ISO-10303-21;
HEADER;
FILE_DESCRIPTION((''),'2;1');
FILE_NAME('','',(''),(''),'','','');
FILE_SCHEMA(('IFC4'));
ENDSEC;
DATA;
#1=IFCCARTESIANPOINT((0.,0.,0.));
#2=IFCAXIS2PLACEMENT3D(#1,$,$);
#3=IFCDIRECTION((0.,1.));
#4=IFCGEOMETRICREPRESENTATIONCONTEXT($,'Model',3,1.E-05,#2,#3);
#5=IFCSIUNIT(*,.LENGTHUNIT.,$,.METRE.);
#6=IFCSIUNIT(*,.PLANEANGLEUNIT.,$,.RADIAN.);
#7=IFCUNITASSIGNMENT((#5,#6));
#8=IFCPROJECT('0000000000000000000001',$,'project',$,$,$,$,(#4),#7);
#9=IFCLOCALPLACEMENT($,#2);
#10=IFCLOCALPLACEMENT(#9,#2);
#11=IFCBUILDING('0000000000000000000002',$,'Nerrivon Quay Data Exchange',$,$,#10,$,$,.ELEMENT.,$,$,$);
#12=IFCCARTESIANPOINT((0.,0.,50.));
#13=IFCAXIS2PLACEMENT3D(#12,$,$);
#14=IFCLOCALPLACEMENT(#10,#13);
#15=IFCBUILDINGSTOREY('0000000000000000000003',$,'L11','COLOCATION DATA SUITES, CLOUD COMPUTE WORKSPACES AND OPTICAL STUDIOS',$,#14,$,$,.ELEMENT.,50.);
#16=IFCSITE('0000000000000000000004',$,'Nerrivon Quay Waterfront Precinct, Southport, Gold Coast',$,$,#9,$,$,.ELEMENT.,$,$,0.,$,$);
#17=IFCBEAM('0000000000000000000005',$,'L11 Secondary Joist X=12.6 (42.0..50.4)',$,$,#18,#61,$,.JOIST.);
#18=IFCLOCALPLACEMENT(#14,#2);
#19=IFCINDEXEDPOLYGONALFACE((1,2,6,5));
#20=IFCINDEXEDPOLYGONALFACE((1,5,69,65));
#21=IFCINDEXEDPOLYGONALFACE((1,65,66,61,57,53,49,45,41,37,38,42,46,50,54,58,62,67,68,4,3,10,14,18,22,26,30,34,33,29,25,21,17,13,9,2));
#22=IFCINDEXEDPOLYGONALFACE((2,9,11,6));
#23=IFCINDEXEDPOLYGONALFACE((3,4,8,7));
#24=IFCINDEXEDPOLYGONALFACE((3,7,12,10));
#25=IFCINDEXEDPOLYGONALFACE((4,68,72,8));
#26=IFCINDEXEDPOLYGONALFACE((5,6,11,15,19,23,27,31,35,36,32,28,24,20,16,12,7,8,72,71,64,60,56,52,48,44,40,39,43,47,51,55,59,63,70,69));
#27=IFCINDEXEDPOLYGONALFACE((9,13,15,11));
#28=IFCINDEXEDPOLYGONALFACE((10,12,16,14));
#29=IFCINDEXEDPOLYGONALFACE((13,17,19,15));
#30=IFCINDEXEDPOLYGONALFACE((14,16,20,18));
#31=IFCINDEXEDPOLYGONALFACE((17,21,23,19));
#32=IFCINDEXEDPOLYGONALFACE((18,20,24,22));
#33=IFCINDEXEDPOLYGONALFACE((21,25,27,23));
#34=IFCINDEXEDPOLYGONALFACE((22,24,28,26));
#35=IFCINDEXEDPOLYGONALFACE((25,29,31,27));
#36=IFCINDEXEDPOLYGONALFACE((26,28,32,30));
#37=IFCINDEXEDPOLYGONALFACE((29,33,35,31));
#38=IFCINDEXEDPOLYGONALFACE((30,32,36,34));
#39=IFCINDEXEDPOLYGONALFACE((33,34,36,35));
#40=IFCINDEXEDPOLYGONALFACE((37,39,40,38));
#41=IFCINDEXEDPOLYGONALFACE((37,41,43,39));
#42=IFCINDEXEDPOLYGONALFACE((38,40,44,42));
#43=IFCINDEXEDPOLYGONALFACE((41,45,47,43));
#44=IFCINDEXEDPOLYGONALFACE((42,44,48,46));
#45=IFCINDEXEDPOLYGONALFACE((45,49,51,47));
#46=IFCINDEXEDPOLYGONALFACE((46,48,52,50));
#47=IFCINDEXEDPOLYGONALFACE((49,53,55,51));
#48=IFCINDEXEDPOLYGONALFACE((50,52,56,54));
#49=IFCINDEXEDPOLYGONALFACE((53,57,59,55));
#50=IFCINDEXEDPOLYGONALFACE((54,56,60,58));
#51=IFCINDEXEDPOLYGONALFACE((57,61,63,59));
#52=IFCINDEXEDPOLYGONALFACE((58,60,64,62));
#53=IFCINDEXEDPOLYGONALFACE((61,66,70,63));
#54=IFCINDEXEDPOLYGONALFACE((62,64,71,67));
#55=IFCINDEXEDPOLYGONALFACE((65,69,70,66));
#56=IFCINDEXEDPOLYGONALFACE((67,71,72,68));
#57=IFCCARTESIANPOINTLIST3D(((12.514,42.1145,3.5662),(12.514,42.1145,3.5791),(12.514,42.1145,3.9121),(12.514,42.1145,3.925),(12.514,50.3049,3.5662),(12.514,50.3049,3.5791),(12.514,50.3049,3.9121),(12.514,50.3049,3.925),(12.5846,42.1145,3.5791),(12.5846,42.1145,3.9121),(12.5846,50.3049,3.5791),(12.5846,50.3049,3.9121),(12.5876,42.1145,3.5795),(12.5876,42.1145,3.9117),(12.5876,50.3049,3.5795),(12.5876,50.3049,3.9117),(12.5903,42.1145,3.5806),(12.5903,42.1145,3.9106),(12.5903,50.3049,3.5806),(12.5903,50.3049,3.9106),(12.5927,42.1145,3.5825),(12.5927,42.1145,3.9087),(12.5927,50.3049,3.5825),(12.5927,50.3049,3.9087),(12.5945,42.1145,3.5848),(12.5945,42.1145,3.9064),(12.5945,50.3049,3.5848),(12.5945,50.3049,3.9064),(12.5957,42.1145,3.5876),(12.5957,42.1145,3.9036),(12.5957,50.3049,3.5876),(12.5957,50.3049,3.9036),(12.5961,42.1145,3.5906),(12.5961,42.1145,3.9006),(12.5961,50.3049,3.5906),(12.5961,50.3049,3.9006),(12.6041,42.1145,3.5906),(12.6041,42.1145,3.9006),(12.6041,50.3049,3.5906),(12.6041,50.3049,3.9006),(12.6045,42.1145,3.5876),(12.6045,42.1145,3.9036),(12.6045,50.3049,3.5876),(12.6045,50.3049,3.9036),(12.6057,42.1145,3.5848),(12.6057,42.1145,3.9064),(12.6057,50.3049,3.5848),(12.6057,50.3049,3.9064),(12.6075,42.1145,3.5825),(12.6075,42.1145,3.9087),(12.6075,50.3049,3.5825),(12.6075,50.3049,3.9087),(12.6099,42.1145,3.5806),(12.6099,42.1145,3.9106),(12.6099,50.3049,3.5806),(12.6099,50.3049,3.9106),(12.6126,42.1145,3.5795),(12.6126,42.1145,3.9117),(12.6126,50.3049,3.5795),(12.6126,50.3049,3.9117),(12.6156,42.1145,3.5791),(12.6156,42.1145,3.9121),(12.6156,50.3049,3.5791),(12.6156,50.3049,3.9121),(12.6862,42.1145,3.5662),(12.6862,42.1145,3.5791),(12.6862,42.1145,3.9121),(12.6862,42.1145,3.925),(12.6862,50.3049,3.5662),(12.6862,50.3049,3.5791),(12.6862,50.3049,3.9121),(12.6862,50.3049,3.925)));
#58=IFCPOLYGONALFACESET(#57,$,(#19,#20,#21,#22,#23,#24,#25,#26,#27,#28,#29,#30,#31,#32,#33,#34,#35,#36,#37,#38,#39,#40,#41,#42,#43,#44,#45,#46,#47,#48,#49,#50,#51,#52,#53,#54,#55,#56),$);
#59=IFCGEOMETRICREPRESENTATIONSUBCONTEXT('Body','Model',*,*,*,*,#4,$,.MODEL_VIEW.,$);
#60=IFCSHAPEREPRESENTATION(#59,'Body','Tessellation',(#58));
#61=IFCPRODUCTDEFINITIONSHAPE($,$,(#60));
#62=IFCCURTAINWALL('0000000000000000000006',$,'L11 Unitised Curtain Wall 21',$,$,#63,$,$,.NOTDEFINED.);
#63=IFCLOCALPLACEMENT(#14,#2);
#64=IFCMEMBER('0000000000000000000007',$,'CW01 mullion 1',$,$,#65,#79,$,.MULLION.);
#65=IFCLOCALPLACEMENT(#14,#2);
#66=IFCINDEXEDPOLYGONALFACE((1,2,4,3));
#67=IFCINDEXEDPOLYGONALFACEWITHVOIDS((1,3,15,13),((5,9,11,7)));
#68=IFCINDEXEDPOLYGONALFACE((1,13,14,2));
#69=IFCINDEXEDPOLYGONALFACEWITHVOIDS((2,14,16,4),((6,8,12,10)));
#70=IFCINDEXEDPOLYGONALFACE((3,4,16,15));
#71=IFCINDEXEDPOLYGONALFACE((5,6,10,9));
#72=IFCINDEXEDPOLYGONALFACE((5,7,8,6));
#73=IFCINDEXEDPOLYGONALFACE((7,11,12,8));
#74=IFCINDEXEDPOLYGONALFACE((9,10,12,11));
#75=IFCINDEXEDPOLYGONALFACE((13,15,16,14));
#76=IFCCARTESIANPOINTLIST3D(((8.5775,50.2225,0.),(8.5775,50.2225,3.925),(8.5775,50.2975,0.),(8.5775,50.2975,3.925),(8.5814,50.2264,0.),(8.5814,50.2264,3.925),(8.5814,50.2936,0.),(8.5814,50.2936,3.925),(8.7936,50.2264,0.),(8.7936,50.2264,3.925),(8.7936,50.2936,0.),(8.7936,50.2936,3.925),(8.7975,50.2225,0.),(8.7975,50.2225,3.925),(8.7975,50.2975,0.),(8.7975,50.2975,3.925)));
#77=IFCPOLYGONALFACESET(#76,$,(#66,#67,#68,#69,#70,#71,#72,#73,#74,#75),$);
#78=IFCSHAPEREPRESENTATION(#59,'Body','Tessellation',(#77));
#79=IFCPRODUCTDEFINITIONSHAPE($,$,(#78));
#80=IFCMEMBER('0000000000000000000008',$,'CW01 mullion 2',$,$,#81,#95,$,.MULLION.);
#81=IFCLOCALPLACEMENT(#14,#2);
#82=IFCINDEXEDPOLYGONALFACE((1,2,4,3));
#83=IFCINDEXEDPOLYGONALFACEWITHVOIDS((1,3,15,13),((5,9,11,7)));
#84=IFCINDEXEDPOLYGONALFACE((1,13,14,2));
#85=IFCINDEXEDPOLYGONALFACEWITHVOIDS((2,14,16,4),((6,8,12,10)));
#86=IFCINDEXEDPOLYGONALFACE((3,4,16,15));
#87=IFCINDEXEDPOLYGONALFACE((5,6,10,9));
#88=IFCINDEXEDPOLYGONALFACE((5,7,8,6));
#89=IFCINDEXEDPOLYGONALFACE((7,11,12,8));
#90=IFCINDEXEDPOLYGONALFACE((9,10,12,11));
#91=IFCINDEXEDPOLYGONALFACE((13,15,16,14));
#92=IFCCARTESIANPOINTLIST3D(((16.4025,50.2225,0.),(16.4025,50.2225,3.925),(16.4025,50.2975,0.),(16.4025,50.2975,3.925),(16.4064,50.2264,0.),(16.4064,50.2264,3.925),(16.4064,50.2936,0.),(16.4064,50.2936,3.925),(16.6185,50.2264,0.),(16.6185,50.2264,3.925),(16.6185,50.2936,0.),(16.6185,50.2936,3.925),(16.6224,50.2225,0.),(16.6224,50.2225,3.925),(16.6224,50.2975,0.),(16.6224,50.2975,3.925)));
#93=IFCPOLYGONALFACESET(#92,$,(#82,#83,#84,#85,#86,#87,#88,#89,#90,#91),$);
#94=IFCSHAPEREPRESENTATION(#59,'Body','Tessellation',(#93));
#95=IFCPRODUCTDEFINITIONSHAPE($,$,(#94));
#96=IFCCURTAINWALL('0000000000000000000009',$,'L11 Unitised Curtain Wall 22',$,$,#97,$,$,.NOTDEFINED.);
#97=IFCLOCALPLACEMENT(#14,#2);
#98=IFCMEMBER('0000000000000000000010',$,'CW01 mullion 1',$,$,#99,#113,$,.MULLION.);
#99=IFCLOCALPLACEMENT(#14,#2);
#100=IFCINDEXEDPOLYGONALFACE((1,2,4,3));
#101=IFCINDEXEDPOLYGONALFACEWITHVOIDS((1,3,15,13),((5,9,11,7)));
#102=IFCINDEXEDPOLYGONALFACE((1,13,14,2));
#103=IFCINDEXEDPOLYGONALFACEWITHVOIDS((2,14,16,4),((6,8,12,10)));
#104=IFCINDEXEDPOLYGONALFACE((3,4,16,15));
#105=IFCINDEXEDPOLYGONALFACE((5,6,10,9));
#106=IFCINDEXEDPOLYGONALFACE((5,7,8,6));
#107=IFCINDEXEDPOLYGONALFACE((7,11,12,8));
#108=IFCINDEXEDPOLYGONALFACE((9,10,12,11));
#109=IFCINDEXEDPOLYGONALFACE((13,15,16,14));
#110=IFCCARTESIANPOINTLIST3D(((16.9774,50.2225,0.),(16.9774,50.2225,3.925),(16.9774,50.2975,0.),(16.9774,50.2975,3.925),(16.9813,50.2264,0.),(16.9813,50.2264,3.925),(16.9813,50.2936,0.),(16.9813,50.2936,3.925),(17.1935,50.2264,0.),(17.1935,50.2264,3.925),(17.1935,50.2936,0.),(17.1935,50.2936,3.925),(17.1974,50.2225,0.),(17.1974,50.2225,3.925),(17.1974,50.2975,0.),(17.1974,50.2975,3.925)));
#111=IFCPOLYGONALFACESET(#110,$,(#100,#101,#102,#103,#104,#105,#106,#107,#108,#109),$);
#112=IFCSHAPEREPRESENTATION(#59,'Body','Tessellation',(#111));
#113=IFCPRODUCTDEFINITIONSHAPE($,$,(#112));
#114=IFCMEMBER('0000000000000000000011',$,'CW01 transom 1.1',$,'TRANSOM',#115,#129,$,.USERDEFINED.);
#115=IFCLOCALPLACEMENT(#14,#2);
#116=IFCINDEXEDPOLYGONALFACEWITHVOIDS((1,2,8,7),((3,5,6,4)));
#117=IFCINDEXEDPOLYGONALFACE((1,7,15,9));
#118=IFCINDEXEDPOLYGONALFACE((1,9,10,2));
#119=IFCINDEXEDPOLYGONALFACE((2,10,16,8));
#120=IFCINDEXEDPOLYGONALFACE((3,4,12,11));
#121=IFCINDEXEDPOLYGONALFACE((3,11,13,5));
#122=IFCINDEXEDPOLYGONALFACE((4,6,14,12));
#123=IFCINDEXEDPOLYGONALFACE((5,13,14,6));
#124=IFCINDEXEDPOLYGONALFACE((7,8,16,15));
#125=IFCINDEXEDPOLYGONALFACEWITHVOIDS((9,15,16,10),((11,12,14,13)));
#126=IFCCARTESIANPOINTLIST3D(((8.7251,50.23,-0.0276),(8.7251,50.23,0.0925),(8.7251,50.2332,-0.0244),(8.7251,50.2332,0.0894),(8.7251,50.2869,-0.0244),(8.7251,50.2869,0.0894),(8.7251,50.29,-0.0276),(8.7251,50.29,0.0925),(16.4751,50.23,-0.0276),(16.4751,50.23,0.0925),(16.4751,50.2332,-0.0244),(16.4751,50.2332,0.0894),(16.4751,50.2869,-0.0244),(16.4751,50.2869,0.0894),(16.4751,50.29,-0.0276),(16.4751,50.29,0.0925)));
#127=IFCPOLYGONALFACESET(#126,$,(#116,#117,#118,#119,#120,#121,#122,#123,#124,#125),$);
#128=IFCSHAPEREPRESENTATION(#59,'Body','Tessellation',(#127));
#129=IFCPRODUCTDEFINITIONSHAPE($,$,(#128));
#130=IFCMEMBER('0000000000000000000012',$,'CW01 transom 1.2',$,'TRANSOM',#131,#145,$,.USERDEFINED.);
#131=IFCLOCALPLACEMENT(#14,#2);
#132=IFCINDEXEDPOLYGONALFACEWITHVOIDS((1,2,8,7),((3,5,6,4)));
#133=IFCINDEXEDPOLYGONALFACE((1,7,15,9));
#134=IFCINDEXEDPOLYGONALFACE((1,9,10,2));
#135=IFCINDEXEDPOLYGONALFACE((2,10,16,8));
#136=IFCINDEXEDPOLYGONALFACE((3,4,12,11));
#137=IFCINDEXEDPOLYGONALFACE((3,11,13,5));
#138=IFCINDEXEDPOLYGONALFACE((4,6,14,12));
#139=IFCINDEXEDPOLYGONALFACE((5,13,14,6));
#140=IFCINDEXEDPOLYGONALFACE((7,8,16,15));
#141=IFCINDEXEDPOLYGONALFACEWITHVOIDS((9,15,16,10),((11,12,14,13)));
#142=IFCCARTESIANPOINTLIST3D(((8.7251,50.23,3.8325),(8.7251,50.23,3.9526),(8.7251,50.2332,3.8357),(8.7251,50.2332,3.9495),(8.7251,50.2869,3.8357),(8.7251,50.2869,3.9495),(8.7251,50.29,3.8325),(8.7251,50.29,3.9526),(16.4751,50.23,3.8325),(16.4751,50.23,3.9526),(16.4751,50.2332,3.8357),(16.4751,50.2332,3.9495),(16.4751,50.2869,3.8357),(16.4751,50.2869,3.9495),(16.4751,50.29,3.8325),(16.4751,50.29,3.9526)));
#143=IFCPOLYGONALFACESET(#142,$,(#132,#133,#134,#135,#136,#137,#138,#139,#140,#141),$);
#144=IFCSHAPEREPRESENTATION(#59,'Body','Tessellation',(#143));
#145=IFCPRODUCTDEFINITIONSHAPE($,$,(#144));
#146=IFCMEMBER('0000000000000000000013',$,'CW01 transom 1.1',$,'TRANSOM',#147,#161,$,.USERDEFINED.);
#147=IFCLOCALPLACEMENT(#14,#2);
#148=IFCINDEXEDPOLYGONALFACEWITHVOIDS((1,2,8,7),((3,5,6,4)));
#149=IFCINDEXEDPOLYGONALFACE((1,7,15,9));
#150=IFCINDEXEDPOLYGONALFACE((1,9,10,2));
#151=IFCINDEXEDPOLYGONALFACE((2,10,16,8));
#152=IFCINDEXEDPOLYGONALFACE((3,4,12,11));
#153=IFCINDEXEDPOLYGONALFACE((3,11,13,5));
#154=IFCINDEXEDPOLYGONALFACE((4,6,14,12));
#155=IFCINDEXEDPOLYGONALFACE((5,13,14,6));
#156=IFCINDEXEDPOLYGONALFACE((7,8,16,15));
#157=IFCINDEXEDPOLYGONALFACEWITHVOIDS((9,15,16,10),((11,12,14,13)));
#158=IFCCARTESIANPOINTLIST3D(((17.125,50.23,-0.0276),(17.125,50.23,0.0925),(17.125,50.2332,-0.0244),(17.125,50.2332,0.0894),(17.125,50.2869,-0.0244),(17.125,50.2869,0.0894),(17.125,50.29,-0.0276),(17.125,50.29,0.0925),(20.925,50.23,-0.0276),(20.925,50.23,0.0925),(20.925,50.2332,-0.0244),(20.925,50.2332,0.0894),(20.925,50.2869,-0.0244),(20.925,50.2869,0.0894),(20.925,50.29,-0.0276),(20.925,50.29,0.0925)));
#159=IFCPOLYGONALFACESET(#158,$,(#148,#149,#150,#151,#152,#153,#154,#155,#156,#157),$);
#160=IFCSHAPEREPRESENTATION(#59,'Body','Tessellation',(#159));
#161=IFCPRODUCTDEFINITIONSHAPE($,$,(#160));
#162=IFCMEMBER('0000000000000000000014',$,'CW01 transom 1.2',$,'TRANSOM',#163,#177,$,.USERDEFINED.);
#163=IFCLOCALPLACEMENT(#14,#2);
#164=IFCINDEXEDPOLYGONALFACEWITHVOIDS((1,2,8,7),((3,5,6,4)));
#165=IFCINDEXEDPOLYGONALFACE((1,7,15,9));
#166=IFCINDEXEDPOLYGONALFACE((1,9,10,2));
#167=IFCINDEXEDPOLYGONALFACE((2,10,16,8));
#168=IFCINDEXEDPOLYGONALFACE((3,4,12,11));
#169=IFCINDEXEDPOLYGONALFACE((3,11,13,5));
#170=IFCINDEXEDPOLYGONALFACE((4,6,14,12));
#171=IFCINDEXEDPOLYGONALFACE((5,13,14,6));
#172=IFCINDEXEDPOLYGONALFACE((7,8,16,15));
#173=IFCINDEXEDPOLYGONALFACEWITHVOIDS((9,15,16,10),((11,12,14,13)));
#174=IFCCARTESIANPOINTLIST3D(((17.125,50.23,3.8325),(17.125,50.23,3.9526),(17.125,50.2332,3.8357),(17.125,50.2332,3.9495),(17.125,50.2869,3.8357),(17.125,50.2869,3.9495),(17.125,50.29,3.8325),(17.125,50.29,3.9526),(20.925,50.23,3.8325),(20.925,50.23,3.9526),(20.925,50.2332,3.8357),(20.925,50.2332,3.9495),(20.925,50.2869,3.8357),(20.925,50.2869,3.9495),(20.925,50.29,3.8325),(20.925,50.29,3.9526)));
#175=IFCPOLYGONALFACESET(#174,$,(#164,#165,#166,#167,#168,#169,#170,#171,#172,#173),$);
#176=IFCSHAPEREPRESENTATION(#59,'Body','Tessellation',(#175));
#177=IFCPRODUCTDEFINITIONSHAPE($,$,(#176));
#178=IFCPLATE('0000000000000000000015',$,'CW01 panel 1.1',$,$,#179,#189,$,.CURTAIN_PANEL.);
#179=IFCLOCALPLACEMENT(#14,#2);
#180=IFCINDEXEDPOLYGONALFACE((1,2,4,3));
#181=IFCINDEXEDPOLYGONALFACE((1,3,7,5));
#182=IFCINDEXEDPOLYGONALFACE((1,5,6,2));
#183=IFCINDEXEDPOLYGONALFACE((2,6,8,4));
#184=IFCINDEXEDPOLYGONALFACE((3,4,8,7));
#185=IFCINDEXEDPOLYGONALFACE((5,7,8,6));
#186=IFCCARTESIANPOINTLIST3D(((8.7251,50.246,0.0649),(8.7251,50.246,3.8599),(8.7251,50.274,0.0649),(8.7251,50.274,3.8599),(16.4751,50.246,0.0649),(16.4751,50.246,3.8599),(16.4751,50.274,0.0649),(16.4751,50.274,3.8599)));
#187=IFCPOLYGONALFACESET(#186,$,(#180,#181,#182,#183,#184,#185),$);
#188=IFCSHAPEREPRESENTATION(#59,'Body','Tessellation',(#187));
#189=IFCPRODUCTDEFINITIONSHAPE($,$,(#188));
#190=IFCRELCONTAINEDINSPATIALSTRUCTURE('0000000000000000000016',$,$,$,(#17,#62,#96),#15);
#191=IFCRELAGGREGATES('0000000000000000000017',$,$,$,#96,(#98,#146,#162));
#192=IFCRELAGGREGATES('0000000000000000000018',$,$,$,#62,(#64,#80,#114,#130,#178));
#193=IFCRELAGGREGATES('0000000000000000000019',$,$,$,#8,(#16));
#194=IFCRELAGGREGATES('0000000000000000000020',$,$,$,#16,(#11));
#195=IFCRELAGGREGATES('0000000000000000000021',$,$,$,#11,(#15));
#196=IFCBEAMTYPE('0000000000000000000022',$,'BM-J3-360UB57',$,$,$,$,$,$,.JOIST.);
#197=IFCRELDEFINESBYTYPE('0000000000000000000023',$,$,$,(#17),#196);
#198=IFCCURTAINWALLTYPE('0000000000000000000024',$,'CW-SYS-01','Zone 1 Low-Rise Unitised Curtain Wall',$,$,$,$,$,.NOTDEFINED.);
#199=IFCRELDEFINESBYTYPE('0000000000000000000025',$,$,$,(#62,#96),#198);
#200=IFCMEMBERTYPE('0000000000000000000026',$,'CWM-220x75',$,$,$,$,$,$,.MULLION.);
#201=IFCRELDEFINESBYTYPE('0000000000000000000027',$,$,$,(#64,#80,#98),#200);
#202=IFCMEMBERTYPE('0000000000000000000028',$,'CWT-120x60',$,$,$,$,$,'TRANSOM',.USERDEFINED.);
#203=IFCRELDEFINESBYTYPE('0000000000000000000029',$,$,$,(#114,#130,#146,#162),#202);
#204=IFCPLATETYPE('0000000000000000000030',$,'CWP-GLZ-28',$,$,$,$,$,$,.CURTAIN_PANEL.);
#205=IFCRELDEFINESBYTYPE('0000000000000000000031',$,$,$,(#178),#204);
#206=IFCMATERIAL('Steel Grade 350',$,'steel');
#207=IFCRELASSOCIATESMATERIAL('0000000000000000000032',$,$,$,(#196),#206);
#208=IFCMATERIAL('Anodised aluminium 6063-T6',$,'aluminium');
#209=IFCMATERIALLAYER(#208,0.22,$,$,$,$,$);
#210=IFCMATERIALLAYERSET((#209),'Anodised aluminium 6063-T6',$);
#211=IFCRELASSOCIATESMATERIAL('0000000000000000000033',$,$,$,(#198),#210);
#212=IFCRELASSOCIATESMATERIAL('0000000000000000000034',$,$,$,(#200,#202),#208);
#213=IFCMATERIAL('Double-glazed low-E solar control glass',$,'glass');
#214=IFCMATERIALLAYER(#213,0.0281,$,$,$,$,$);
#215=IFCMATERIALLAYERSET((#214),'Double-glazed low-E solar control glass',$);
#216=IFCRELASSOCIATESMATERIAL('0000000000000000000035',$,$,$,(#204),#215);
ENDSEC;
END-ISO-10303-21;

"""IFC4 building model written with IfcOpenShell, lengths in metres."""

from ifc_helpers import new_model, si_unit, direction, frame, origin, origin_2d, place, context, subcontext, project, spatial, rectangle, hollow_rectangle, i_section, extrude, material, layer, layer_set, material_profile, profile_set, type_object, element, aggregate, save


model = new_model("IFC4")

# Units and contexts
model_context = context("Model", 3, precision=1e-05, world=origin(), true_north=direction((0.0, 1.0)))
body_context = subcontext(model_context, "Body", "Model", "MODEL_VIEW")
ifc_project = project(units=[si_unit("LENGTHUNIT", "METRE"), si_unit("PLANEANGLEUNIT", "RADIAN")], contexts=[model_context])

# Site, building, storey
site_placement = place(None, origin())
site = spatial("IfcSite", under=ifc_project, at=site_placement, Name="Nerrivon Quay Waterfront Precinct, Southport, Gold Coast", CompositionType="ELEMENT", RefElevation=0.0)
building_placement = place(site_placement, origin())
building = spatial("IfcBuilding", under=site, at=building_placement, Name="Nerrivon Quay Data Exchange", CompositionType="ELEMENT")
storey_placement = place(building_placement, frame((0.0, 0.0, 50.0)))
storey = spatial("IfcBuildingStorey", under=building, at=storey_placement, Name="L11", Description="COLOCATION DATA SUITES, CLOUD COMPUTE WORKSPACES AND OPTICAL STUDIOS", CompositionType="ELEMENT", Elevation=50.0)

# Shared definitions
ifc_material_1 = material(Name="Steel Grade 350", Category="steel")

# Beam
ifc_material_profile_1 = material_profile(ifc_material_1, i_section(OverallWidth=0.1721, OverallDepth=0.3589, WebThickness=0.0081, FlangeThickness=0.0129, FilletRadius=0.0115, at=origin_2d()), Name="360UB56.7")
ifc_profile_set_1 = profile_set([ifc_material_profile_1], Name="Steel Grade 350")
beam_type_1 = type_object("IfcBeamType", Name="BM-J3-360UB57", PredefinedType="JOIST", material=ifc_profile_set_1)
beam_1_placement = place(storey_placement, frame((12.6001, 42.1145, 3.7456), z_axis=(0.0, 1.0, 0.0), x_axis=(-1.0, 0.0, 0.0)))
element("IfcBeam", 1, at=beam_1_placement, inside=storey, type_object=beam_type_1, Name="L11 Secondary Joist X=12.6 (42.0..50.4)", PredefinedType="JOIST", context=body_context, shape_type="SweptSolid", body=[
    extrude(i_section(OverallWidth=0.1721, OverallDepth=0.3589, WebThickness=0.0081, FlangeThickness=0.0129, FilletRadius=0.0115, at=origin_2d()), origin(), (0.0, 0.0, 1.0), 8.1904),
])

# Curtain wall, members
ifc_material_2 = material(Name="Anodised aluminium 6063-T6", Category="aluminium")
ifc_layer_1 = layer(ifc_material_2, 0.22)
ifc_layer_set_1 = layer_set([ifc_layer_1], Name="Anodised aluminium 6063-T6")
curtain_wall_type = type_object("IfcCurtainWallType", Name="CW-SYS-01", Description="Zone 1 Low-Rise Unitised Curtain Wall", PredefinedType="NOTDEFINED", material=ifc_layer_set_1)
curtain_wall_1_placement = place(storey_placement, origin())
curtain_wall_1 = element("IfcCurtainWall", 2, at=curtain_wall_1_placement, inside=storey, type_object=curtain_wall_type, Name="L11 Unitised Curtain Wall 21", PredefinedType="NOTDEFINED")
ifc_material_profile_2 = material_profile(ifc_material_2, hollow_rectangle(XDim=0.075, YDim=0.22, WallThickness=0.0039, at=origin_2d()), Name="ALU-MULL-220x75")
ifc_profile_set_2 = profile_set([ifc_material_profile_2], Name="Anodised aluminium 6063-T6")
member_type_1 = type_object("IfcMemberType", Name="CWM-220x75", PredefinedType="MULLION", material=ifc_profile_set_2)
member_1_placement = place(storey_placement, frame((8.6875, 50.26, 0.0), z_axis=(0.0, 0.0, 1.0), x_axis=(0.0, 1.0, 0.0)))
member_1 = element("IfcMember", 3, at=member_1_placement, type_object=member_type_1, Name="CW01 mullion 1", PredefinedType="MULLION", context=body_context, shape_type="SweptSolid", body=[
    extrude(hollow_rectangle(XDim=0.075, YDim=0.22, WallThickness=0.0039, at=origin_2d()), origin(), (0.0, 0.0, 1.0), 3.925),
])
member_2_placement = place(storey_placement, frame((16.5125, 50.26, 0.0), z_axis=(0.0, 0.0, 1.0), x_axis=(0.0, 1.0, 0.0)))
member_2 = element("IfcMember", 4, at=member_2_placement, type_object=member_type_1, Name="CW01 mullion 2", PredefinedType="MULLION", context=body_context, shape_type="SweptSolid", body=[
    extrude(hollow_rectangle(XDim=0.075, YDim=0.22, WallThickness=0.0039, at=origin_2d()), origin(), (0.0, 0.0, 1.0), 3.925),
])

# Curtain wall, member
curtain_wall_2_placement = place(storey_placement, origin())
curtain_wall_2 = element("IfcCurtainWall", 5, at=curtain_wall_2_placement, inside=storey, type_object=curtain_wall_type, Name="L11 Unitised Curtain Wall 22", PredefinedType="NOTDEFINED")
member_3_placement = place(storey_placement, frame((17.0874, 50.26, 0.0), z_axis=(0.0, 0.0, 1.0), x_axis=(0.0, 1.0, 0.0)))
member_3 = element("IfcMember", 6, at=member_3_placement, type_object=member_type_1, Name="CW01 mullion 1", PredefinedType="MULLION", context=body_context, shape_type="SweptSolid", body=[
    extrude(hollow_rectangle(XDim=0.075, YDim=0.22, WallThickness=0.0039, at=origin_2d()), origin(), (0.0, 0.0, 1.0), 3.925),
])

# Members
ifc_material_profile_3 = material_profile(ifc_material_2, hollow_rectangle(XDim=0.0601, YDim=0.1201, WallThickness=0.0032, at=origin_2d()), Name="ALU-TRAN-120x60")
ifc_profile_set_3 = profile_set([ifc_material_profile_3], Name="Anodised aluminium 6063-T6")
member_type_2 = type_object("IfcMemberType", Name="CWT-120x60", ElementType="TRANSOM", PredefinedType="USERDEFINED", material=ifc_profile_set_3)
member_4_placement = place(storey_placement, frame((8.7251, 50.26, 0.0325), z_axis=(1.0, 0.0, 0.0), x_axis=(0.0, 1.0, 0.0)))
member_4 = element("IfcMember", 7, at=member_4_placement, type_object=member_type_2, Name="CW01 transom 1.1", ObjectType="TRANSOM", PredefinedType="USERDEFINED", context=body_context, shape_type="SweptSolid", body=[
    extrude(hollow_rectangle(XDim=0.0601, YDim=0.1201, WallThickness=0.0032, at=origin_2d()), origin(), (0.0, 0.0, 1.0), 7.75),
])
member_5_placement = place(storey_placement, frame((8.7251, 50.26, 3.8926), z_axis=(1.0, 0.0, 0.0), x_axis=(0.0, 1.0, 0.0)))
member_5 = element("IfcMember", 8, at=member_5_placement, type_object=member_type_2, Name="CW01 transom 1.2", ObjectType="TRANSOM", PredefinedType="USERDEFINED", context=body_context, shape_type="SweptSolid", body=[
    extrude(hollow_rectangle(XDim=0.0601, YDim=0.1201, WallThickness=0.0032, at=origin_2d()), origin(), (0.0, 0.0, 1.0), 7.75),
])
member_6_placement = place(storey_placement, frame((17.125, 50.26, 0.0325), z_axis=(1.0, 0.0, 0.0), x_axis=(0.0, 1.0, 0.0)))
member_6 = element("IfcMember", 9, at=member_6_placement, type_object=member_type_2, Name="CW01 transom 1.1", ObjectType="TRANSOM", PredefinedType="USERDEFINED", context=body_context, shape_type="SweptSolid", body=[
    extrude(hollow_rectangle(XDim=0.0601, YDim=0.1201, WallThickness=0.0032, at=origin_2d()), origin(), (0.0, 0.0, 1.0), 3.8),
])
member_7_placement = place(storey_placement, frame((17.125, 50.26, 3.8926), z_axis=(1.0, 0.0, 0.0), x_axis=(0.0, 1.0, 0.0)))
member_7 = element("IfcMember", 10, at=member_7_placement, type_object=member_type_2, Name="CW01 transom 1.2", ObjectType="TRANSOM", PredefinedType="USERDEFINED", context=body_context, shape_type="SweptSolid", body=[
    extrude(hollow_rectangle(XDim=0.0601, YDim=0.1201, WallThickness=0.0032, at=origin_2d()), origin(), (0.0, 0.0, 1.0), 3.8),
])
aggregate(curtain_wall_2, [member_3, member_6, member_7])

# Plate
ifc_material_3 = material(Name="Double-glazed low-E solar control glass", Category="glass")
ifc_layer_2 = layer(ifc_material_3, 0.0281)
ifc_layer_set_2 = layer_set([ifc_layer_2], Name="Double-glazed low-E solar control glass")
plate_type = type_object("IfcPlateType", Name="CWP-GLZ-28", PredefinedType="CURTAIN_PANEL", material=ifc_layer_set_2)
plate_placement = place(storey_placement, frame((12.6001, 50.26, 0.0649), z_axis=(0.0, 0.0, 1.0), x_axis=(1.0, 0.0, 0.0)))
plate = element("IfcPlate", 11, at=plate_placement, type_object=plate_type, Name="CW01 panel 1.1", PredefinedType="CURTAIN_PANEL", context=body_context, shape_type="SweptSolid", body=[
    extrude(rectangle(XDim=7.75, YDim=0.0281, at=origin_2d()), origin(), (0.0, 0.0, 1.0), 3.7949),
])
aggregate(curtain_wall_1, [member_1, member_2, member_4, member_5, plate])

save(model, "model.ifc")
